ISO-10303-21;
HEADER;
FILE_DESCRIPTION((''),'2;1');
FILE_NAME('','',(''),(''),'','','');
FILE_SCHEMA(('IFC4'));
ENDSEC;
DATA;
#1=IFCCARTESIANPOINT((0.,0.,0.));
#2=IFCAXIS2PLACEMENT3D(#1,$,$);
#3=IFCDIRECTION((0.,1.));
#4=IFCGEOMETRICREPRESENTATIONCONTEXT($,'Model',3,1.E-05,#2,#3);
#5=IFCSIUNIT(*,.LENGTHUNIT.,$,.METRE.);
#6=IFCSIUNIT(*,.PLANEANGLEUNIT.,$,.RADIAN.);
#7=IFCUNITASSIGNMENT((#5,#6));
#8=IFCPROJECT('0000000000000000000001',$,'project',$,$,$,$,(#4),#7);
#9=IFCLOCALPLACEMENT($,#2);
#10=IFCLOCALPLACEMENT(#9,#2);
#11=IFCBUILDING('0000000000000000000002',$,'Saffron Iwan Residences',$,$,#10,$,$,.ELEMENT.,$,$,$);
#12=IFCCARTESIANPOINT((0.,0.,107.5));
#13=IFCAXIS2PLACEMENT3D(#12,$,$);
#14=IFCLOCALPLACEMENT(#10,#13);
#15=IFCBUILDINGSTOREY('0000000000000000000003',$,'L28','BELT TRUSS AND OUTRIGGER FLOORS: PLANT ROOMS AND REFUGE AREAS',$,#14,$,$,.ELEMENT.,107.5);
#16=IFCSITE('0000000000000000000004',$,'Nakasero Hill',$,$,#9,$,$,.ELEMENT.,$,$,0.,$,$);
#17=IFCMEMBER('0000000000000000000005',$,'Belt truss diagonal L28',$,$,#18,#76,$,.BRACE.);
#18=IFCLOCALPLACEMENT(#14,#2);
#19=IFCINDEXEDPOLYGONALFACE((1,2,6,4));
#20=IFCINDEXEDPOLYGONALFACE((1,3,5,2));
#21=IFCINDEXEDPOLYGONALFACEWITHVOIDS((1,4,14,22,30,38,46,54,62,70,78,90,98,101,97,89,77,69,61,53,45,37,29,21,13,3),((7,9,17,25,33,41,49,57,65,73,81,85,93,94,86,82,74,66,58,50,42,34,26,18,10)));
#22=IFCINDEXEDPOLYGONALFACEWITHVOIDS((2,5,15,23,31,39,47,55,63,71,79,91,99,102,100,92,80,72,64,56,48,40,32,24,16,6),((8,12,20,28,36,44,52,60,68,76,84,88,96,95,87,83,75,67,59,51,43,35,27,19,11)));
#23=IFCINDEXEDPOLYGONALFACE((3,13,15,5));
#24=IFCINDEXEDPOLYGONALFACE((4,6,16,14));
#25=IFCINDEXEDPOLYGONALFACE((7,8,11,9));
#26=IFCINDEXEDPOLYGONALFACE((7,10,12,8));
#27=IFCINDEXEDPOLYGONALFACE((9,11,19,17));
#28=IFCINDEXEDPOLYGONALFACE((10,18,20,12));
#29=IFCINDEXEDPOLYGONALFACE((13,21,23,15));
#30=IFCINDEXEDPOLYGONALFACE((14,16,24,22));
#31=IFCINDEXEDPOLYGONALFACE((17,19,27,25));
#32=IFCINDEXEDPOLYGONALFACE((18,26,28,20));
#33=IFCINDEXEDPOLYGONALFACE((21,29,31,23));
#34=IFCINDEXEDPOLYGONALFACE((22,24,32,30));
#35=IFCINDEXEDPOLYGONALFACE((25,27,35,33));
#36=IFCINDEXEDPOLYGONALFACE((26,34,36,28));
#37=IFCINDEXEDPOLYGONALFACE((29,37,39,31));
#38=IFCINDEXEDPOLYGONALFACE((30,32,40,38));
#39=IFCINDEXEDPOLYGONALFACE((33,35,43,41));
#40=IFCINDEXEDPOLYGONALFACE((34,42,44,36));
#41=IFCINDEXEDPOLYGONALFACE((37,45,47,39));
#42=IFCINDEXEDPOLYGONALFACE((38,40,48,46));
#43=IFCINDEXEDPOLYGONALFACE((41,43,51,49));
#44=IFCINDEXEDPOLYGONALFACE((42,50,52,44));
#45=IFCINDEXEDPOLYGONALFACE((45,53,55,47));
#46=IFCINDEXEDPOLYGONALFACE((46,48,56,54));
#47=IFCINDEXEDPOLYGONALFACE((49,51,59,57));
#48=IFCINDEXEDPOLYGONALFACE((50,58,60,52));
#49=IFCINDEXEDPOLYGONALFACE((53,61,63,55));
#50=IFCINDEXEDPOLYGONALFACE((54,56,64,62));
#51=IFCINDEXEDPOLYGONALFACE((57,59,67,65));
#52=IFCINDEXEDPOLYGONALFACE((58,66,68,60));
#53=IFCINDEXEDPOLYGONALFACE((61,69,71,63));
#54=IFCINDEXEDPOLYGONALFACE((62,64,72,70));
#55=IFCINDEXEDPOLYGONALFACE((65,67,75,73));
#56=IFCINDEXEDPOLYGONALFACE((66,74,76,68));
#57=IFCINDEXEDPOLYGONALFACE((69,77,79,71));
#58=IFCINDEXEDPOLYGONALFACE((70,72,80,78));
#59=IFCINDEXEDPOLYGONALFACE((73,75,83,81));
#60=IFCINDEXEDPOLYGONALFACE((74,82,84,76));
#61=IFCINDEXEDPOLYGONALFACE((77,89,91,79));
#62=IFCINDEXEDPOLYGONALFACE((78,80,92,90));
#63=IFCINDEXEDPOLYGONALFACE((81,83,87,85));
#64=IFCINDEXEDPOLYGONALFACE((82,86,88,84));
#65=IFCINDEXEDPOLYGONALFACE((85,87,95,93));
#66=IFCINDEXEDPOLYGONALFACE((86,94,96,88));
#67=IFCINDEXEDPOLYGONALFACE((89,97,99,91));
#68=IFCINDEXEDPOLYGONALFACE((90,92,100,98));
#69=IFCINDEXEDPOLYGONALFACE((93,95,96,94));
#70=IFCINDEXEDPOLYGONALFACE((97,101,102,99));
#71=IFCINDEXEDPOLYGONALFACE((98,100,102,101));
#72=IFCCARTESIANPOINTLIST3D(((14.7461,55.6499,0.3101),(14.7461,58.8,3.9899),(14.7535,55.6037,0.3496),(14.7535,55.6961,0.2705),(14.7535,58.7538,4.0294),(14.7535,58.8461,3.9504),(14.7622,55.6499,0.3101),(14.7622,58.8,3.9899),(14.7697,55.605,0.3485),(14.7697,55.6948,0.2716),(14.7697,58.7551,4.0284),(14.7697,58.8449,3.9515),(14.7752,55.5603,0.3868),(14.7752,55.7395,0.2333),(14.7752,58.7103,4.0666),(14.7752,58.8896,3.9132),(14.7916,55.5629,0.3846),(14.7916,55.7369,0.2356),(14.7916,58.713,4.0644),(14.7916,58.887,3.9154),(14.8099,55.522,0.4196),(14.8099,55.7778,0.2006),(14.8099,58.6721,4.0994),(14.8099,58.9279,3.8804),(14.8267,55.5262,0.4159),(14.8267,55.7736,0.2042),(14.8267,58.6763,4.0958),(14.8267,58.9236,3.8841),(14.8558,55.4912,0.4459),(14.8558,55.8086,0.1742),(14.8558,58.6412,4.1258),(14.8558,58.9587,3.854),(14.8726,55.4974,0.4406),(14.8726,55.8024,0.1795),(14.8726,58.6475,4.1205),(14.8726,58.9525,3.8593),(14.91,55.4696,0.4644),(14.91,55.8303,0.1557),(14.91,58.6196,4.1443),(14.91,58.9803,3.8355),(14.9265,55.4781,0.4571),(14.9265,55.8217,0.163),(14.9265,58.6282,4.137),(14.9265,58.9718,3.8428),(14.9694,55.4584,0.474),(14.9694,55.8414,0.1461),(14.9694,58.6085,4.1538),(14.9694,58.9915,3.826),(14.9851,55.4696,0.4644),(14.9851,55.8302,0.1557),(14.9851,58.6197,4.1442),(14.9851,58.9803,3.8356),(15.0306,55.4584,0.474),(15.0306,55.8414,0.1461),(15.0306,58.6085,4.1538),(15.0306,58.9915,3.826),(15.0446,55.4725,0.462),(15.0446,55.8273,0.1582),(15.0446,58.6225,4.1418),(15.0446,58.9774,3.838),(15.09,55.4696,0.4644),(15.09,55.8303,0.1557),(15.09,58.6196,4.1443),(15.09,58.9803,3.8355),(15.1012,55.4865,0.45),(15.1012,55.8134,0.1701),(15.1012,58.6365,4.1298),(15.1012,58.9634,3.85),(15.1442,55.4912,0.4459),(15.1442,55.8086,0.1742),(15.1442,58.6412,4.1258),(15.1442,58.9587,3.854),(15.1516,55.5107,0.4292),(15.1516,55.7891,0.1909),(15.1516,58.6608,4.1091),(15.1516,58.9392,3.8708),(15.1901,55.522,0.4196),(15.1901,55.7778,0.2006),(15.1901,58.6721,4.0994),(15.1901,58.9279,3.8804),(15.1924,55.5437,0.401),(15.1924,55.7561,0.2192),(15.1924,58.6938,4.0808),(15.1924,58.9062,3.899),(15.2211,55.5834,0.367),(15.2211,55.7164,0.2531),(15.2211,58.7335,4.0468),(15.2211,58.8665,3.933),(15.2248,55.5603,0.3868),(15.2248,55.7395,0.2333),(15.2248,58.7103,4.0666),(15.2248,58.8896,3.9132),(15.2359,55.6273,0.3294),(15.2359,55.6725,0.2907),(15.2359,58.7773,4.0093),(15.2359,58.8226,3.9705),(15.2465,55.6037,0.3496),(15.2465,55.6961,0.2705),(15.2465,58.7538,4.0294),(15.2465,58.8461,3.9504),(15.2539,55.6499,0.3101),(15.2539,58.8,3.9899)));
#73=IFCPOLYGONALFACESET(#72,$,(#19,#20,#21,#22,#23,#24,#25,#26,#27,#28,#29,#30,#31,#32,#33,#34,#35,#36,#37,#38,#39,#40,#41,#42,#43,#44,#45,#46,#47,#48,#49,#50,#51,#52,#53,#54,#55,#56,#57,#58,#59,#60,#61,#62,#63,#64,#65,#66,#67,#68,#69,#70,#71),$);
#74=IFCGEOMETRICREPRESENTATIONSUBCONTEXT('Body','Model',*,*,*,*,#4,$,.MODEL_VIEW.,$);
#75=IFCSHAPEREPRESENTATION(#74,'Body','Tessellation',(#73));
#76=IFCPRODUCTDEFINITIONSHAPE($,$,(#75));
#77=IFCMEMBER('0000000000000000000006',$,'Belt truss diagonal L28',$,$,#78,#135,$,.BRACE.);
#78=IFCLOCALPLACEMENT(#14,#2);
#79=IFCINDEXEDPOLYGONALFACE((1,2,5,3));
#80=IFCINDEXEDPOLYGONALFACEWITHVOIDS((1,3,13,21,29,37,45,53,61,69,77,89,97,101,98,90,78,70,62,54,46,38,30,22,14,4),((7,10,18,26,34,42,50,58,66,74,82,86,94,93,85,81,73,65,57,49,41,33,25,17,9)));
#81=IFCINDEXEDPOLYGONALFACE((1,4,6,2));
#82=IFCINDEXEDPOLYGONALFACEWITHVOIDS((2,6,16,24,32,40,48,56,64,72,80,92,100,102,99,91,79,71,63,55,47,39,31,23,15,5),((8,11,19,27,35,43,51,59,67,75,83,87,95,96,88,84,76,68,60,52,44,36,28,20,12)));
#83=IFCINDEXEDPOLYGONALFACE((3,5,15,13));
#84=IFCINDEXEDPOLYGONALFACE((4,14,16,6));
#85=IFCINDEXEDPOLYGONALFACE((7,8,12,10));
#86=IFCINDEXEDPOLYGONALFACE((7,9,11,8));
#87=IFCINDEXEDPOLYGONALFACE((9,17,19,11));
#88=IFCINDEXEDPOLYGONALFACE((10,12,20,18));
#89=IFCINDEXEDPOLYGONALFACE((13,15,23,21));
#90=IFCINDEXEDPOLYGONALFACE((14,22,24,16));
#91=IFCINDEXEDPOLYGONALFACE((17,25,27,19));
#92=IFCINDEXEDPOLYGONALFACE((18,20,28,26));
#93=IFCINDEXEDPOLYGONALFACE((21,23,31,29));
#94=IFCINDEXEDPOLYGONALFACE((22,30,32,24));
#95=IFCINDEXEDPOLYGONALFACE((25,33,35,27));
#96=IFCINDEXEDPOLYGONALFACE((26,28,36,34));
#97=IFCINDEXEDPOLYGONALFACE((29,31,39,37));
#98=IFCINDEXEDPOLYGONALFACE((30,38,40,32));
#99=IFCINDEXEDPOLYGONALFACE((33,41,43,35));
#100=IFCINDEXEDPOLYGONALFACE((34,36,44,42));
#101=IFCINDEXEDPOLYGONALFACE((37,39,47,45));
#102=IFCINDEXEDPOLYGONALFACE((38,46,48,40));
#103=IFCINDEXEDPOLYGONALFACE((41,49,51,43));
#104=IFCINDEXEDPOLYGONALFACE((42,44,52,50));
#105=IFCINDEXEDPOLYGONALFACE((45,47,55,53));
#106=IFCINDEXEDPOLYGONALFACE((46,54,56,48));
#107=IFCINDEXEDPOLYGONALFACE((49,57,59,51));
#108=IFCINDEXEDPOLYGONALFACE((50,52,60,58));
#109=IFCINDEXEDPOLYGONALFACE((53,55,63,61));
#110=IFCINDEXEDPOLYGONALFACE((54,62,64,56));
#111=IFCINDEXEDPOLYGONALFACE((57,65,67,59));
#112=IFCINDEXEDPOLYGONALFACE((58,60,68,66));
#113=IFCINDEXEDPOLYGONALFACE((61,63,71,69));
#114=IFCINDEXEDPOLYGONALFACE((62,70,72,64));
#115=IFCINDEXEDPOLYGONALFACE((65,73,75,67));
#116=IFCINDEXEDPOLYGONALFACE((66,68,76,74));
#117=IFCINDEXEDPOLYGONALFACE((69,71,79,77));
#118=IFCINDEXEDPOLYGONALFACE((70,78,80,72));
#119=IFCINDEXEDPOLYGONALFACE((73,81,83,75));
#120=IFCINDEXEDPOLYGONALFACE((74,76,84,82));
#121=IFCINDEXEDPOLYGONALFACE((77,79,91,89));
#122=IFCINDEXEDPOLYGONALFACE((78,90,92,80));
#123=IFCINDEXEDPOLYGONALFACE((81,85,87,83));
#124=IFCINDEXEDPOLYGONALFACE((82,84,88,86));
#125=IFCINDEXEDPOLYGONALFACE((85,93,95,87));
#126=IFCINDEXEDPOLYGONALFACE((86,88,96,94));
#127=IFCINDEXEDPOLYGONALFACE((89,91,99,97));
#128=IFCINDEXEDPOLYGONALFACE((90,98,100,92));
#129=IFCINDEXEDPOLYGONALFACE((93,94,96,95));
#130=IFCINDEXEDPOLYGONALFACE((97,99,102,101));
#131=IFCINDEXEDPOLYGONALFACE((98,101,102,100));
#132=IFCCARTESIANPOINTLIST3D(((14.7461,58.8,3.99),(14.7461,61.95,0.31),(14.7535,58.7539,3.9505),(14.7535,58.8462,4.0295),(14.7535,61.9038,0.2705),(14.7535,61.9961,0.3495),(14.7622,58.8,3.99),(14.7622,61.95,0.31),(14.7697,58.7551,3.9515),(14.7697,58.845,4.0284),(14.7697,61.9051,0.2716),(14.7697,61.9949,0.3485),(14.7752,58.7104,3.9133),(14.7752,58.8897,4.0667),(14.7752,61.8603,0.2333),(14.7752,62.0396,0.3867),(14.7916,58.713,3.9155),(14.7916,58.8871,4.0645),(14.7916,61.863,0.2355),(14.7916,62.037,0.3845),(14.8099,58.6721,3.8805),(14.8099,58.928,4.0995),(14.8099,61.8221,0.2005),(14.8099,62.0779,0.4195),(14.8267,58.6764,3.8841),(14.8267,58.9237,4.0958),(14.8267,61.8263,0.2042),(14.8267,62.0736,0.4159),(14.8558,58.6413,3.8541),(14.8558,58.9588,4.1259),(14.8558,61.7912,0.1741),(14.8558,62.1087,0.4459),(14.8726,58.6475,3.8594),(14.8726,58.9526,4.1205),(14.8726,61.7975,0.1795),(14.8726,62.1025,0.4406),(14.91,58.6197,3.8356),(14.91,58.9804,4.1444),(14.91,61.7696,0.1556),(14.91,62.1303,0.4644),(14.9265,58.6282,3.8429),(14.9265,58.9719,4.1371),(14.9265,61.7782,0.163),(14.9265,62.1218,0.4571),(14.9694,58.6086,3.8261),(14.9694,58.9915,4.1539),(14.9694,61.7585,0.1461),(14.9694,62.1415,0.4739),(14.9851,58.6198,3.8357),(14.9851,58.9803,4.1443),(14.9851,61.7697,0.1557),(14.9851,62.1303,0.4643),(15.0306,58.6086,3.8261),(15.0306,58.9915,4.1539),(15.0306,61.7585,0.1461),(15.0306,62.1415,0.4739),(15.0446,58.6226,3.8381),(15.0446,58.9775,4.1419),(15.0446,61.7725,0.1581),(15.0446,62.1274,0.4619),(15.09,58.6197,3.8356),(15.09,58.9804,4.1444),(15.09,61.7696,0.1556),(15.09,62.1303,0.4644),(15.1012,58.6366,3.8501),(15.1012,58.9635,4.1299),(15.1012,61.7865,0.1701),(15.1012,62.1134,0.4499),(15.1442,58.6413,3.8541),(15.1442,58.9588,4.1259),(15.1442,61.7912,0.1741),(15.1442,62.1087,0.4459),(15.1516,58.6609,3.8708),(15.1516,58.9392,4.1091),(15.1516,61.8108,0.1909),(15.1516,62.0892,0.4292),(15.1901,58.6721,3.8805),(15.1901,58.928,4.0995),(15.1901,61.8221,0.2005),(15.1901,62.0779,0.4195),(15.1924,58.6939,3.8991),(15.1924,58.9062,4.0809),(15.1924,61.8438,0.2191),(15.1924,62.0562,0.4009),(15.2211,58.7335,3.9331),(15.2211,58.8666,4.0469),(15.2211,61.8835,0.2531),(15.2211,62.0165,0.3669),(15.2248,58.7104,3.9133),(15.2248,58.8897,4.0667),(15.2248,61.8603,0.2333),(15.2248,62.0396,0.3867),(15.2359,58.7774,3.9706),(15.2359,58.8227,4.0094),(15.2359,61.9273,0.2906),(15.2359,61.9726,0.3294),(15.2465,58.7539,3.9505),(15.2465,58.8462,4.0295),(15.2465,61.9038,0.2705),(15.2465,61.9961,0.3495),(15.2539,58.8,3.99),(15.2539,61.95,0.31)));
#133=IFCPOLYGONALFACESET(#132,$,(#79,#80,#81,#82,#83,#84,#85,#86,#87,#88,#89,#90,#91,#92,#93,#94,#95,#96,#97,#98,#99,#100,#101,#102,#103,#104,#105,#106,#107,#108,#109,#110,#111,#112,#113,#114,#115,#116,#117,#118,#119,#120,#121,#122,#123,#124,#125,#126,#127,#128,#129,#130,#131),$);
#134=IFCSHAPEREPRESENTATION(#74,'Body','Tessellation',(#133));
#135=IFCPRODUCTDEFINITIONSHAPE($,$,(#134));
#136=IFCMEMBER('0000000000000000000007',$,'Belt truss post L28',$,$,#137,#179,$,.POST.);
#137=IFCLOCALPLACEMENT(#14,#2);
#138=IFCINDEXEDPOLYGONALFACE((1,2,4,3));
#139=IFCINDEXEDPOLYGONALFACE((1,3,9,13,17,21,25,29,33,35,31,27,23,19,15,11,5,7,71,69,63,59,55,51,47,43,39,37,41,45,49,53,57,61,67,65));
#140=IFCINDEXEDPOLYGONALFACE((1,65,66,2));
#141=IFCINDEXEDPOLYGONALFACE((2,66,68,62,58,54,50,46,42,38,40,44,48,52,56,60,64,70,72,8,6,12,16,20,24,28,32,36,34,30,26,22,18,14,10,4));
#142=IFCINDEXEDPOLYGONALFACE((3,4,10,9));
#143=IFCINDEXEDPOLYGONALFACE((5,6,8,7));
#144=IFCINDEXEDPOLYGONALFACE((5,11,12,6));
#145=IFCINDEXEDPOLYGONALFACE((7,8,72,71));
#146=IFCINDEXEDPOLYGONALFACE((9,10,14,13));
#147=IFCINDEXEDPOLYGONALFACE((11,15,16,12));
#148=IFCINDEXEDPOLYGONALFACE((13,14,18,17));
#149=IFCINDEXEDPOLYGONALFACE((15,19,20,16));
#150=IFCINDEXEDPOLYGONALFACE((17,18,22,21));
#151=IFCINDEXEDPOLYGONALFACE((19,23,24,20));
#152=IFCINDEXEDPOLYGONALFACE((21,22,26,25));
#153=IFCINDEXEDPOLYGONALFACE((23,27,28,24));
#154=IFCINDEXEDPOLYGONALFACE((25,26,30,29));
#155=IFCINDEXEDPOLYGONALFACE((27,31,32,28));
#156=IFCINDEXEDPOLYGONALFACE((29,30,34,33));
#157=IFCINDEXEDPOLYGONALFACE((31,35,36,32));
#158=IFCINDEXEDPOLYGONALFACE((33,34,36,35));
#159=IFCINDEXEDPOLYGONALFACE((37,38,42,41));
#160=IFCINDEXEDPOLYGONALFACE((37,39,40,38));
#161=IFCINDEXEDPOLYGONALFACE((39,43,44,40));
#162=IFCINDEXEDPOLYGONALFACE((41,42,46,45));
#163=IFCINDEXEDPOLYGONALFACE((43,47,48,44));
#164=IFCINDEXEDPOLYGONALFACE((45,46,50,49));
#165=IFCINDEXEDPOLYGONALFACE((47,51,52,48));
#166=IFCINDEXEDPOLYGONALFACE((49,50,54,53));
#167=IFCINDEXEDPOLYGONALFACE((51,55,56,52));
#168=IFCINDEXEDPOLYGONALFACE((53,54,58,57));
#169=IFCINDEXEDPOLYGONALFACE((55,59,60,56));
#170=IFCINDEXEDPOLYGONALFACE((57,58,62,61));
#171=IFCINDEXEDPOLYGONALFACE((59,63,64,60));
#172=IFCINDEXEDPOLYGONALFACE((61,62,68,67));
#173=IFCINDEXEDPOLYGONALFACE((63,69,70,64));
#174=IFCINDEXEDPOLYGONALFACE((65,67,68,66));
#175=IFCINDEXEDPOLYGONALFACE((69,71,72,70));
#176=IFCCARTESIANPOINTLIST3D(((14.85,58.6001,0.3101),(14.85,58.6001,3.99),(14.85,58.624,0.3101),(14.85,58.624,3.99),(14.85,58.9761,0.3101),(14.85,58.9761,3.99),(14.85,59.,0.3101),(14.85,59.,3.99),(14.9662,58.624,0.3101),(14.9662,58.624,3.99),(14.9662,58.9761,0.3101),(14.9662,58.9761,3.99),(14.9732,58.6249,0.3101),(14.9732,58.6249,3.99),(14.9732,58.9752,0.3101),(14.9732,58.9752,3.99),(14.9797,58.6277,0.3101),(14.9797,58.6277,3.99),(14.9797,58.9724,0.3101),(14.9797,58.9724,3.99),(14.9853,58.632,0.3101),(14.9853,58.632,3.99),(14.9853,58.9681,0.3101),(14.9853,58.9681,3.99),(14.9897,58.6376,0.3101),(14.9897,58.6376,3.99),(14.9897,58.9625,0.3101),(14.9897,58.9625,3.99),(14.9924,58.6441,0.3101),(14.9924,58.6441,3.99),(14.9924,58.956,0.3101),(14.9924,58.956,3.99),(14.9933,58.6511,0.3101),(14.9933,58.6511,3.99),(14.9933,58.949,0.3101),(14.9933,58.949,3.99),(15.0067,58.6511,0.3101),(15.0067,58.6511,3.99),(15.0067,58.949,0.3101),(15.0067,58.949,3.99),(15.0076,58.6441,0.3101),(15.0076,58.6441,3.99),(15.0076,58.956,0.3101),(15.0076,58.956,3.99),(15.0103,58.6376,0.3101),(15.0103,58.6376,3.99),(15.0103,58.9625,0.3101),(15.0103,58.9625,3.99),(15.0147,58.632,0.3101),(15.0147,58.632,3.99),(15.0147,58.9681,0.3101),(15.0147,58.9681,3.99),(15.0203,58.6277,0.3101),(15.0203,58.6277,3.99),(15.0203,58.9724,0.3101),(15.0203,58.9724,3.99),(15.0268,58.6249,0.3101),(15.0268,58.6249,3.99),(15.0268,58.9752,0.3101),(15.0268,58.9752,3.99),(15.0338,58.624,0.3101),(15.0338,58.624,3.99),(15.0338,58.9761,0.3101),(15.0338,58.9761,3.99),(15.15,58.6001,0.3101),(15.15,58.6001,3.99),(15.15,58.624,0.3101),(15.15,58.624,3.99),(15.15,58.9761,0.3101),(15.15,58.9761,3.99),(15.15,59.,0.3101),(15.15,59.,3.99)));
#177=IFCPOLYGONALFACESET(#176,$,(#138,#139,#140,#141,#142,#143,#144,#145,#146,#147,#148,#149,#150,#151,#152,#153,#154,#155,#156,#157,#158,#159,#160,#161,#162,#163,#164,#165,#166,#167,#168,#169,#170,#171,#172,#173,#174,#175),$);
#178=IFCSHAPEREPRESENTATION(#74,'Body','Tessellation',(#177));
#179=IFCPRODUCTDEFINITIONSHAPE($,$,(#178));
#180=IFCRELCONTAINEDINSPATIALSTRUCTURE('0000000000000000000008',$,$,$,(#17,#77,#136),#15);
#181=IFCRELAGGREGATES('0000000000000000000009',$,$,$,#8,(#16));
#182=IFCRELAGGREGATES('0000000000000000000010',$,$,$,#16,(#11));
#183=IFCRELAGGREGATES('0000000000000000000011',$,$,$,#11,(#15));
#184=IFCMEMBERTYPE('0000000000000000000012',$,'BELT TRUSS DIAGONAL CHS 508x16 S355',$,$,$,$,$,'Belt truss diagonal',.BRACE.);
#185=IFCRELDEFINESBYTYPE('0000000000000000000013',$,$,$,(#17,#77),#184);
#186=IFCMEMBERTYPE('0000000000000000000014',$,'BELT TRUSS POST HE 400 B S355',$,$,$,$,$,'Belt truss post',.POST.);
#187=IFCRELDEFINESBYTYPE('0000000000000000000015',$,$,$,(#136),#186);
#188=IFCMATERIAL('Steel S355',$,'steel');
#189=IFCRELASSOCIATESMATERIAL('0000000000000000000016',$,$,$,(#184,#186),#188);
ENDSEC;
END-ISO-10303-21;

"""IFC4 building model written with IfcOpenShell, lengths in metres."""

from ifc_helpers import new_model, si_unit, direction, frame, origin, origin_2d, place, context, subcontext, project, spatial, hollow_circle, i_section, extrude, source, transform, mapped, material, material_profile, profile_set, type_object, element, save


model = new_model("IFC4")

# Units and contexts
model_context = context("Model", 3, precision=1e-05, world=origin(), true_north=direction((0.0, 1.0)))
body_context = subcontext(model_context, "Body", "Model", "MODEL_VIEW")
ifc_project = project(units=[si_unit("LENGTHUNIT", "METRE"), si_unit("PLANEANGLEUNIT", "RADIAN")], contexts=[model_context])

# Site, building, storey
site_placement = place(None, origin())
site = spatial("IfcSite", under=ifc_project, at=site_placement, Name="Nakasero Hill", CompositionType="ELEMENT", RefElevation=0.0)
building_placement = place(site_placement, origin())
building = spatial("IfcBuilding", under=site, at=building_placement, Name="Saffron Iwan Residences", CompositionType="ELEMENT")
storey_placement = place(building_placement, frame((0.0, 0.0, 107.5)))
storey = spatial("IfcBuildingStorey", under=building, at=storey_placement, Name="L28", Description="BELT TRUSS AND OUTRIGGER FLOORS: PLANT ROOMS AND REFUGE AREAS", CompositionType="ELEMENT", Elevation=107.5)

# Members
ifc_material_1 = material(Name="Steel S355", Category="steel")
ifc_material_profile_1 = material_profile(ifc_material_1, hollow_circle(Radius=0.2539, WallThickness=0.0161, at=origin_2d()), Name="CHS 508x16")
ifc_profile_set_1 = profile_set([ifc_material_profile_1], Name="Steel S355")
member_type_1 = type_object("IfcMemberType", Name="BELT TRUSS DIAGONAL CHS 508x16 S355", ElementType="Belt truss diagonal", PredefinedType="BRACE", material=ifc_profile_set_1)
shared_shape_1 = source(origin(), body_context, "Body", "SweptSolid", [
    extrude(hollow_circle(Radius=0.2539, WallThickness=0.0161, at=origin_2d()), origin(), (0.0, 0.0, 1.0), 4.844),
])
for number, where, z_axis, x_axis, name in (
    (1, (15.0, 55.6499, 0.3101), (0.0, 0.650306, 0.759673), (-1.0, 0.0, 0.0), "Belt truss diagonal L28"),
    (2, (15.0, 58.8, 3.99), (0.0, 0.650277, -0.759698), (-1.0, 0.0, 0.0), "Belt truss diagonal L28"),
):
    element("IfcMember", number, at=place(storey_placement, frame(where, z_axis=z_axis, x_axis=x_axis)), inside=storey, type_object=member_type_1, Name=name, PredefinedType="BRACE", context=body_context, shape_type="MappedRepresentation", body=[
        mapped(shared_shape_1, transform((0.0, 0.0, 0.0))),
    ])
ifc_material_profile_2 = material_profile(ifc_material_1, i_section(OverallWidth=0.3, OverallDepth=0.3999, WebThickness=0.0134, FlangeThickness=0.0239, FilletRadius=0.0271, at=origin_2d()), Name="HE 400 B")
ifc_profile_set_2 = profile_set([ifc_material_profile_2], Name="Steel S355")
member_type_2 = type_object("IfcMemberType", Name="BELT TRUSS POST HE 400 B S355", ElementType="Belt truss post", PredefinedType="POST", material=ifc_profile_set_2)
shared_shape_2 = source(origin(), body_context, "Body", "SweptSolid", [
    extrude(i_section(OverallWidth=0.3, OverallDepth=0.3999, WebThickness=0.0134, FlangeThickness=0.0239, FilletRadius=0.0271, at=origin_2d()), origin(), (0.0, 0.0, 1.0), 3.6799),
])
member_placement = place(storey_placement, frame((15.0, 58.8, 0.3101), z_axis=(0.0, 0.0, 1.0), x_axis=(1.0, 0.0, 0.0)))
element("IfcMember", 3, at=member_placement, inside=storey, type_object=member_type_2, Name="Belt truss post L28", PredefinedType="POST", context=body_context, shape_type="MappedRepresentation", body=[
    mapped(shared_shape_2, transform((0.0, 0.0, 0.0))),
])

save(model, "model.ifc")
